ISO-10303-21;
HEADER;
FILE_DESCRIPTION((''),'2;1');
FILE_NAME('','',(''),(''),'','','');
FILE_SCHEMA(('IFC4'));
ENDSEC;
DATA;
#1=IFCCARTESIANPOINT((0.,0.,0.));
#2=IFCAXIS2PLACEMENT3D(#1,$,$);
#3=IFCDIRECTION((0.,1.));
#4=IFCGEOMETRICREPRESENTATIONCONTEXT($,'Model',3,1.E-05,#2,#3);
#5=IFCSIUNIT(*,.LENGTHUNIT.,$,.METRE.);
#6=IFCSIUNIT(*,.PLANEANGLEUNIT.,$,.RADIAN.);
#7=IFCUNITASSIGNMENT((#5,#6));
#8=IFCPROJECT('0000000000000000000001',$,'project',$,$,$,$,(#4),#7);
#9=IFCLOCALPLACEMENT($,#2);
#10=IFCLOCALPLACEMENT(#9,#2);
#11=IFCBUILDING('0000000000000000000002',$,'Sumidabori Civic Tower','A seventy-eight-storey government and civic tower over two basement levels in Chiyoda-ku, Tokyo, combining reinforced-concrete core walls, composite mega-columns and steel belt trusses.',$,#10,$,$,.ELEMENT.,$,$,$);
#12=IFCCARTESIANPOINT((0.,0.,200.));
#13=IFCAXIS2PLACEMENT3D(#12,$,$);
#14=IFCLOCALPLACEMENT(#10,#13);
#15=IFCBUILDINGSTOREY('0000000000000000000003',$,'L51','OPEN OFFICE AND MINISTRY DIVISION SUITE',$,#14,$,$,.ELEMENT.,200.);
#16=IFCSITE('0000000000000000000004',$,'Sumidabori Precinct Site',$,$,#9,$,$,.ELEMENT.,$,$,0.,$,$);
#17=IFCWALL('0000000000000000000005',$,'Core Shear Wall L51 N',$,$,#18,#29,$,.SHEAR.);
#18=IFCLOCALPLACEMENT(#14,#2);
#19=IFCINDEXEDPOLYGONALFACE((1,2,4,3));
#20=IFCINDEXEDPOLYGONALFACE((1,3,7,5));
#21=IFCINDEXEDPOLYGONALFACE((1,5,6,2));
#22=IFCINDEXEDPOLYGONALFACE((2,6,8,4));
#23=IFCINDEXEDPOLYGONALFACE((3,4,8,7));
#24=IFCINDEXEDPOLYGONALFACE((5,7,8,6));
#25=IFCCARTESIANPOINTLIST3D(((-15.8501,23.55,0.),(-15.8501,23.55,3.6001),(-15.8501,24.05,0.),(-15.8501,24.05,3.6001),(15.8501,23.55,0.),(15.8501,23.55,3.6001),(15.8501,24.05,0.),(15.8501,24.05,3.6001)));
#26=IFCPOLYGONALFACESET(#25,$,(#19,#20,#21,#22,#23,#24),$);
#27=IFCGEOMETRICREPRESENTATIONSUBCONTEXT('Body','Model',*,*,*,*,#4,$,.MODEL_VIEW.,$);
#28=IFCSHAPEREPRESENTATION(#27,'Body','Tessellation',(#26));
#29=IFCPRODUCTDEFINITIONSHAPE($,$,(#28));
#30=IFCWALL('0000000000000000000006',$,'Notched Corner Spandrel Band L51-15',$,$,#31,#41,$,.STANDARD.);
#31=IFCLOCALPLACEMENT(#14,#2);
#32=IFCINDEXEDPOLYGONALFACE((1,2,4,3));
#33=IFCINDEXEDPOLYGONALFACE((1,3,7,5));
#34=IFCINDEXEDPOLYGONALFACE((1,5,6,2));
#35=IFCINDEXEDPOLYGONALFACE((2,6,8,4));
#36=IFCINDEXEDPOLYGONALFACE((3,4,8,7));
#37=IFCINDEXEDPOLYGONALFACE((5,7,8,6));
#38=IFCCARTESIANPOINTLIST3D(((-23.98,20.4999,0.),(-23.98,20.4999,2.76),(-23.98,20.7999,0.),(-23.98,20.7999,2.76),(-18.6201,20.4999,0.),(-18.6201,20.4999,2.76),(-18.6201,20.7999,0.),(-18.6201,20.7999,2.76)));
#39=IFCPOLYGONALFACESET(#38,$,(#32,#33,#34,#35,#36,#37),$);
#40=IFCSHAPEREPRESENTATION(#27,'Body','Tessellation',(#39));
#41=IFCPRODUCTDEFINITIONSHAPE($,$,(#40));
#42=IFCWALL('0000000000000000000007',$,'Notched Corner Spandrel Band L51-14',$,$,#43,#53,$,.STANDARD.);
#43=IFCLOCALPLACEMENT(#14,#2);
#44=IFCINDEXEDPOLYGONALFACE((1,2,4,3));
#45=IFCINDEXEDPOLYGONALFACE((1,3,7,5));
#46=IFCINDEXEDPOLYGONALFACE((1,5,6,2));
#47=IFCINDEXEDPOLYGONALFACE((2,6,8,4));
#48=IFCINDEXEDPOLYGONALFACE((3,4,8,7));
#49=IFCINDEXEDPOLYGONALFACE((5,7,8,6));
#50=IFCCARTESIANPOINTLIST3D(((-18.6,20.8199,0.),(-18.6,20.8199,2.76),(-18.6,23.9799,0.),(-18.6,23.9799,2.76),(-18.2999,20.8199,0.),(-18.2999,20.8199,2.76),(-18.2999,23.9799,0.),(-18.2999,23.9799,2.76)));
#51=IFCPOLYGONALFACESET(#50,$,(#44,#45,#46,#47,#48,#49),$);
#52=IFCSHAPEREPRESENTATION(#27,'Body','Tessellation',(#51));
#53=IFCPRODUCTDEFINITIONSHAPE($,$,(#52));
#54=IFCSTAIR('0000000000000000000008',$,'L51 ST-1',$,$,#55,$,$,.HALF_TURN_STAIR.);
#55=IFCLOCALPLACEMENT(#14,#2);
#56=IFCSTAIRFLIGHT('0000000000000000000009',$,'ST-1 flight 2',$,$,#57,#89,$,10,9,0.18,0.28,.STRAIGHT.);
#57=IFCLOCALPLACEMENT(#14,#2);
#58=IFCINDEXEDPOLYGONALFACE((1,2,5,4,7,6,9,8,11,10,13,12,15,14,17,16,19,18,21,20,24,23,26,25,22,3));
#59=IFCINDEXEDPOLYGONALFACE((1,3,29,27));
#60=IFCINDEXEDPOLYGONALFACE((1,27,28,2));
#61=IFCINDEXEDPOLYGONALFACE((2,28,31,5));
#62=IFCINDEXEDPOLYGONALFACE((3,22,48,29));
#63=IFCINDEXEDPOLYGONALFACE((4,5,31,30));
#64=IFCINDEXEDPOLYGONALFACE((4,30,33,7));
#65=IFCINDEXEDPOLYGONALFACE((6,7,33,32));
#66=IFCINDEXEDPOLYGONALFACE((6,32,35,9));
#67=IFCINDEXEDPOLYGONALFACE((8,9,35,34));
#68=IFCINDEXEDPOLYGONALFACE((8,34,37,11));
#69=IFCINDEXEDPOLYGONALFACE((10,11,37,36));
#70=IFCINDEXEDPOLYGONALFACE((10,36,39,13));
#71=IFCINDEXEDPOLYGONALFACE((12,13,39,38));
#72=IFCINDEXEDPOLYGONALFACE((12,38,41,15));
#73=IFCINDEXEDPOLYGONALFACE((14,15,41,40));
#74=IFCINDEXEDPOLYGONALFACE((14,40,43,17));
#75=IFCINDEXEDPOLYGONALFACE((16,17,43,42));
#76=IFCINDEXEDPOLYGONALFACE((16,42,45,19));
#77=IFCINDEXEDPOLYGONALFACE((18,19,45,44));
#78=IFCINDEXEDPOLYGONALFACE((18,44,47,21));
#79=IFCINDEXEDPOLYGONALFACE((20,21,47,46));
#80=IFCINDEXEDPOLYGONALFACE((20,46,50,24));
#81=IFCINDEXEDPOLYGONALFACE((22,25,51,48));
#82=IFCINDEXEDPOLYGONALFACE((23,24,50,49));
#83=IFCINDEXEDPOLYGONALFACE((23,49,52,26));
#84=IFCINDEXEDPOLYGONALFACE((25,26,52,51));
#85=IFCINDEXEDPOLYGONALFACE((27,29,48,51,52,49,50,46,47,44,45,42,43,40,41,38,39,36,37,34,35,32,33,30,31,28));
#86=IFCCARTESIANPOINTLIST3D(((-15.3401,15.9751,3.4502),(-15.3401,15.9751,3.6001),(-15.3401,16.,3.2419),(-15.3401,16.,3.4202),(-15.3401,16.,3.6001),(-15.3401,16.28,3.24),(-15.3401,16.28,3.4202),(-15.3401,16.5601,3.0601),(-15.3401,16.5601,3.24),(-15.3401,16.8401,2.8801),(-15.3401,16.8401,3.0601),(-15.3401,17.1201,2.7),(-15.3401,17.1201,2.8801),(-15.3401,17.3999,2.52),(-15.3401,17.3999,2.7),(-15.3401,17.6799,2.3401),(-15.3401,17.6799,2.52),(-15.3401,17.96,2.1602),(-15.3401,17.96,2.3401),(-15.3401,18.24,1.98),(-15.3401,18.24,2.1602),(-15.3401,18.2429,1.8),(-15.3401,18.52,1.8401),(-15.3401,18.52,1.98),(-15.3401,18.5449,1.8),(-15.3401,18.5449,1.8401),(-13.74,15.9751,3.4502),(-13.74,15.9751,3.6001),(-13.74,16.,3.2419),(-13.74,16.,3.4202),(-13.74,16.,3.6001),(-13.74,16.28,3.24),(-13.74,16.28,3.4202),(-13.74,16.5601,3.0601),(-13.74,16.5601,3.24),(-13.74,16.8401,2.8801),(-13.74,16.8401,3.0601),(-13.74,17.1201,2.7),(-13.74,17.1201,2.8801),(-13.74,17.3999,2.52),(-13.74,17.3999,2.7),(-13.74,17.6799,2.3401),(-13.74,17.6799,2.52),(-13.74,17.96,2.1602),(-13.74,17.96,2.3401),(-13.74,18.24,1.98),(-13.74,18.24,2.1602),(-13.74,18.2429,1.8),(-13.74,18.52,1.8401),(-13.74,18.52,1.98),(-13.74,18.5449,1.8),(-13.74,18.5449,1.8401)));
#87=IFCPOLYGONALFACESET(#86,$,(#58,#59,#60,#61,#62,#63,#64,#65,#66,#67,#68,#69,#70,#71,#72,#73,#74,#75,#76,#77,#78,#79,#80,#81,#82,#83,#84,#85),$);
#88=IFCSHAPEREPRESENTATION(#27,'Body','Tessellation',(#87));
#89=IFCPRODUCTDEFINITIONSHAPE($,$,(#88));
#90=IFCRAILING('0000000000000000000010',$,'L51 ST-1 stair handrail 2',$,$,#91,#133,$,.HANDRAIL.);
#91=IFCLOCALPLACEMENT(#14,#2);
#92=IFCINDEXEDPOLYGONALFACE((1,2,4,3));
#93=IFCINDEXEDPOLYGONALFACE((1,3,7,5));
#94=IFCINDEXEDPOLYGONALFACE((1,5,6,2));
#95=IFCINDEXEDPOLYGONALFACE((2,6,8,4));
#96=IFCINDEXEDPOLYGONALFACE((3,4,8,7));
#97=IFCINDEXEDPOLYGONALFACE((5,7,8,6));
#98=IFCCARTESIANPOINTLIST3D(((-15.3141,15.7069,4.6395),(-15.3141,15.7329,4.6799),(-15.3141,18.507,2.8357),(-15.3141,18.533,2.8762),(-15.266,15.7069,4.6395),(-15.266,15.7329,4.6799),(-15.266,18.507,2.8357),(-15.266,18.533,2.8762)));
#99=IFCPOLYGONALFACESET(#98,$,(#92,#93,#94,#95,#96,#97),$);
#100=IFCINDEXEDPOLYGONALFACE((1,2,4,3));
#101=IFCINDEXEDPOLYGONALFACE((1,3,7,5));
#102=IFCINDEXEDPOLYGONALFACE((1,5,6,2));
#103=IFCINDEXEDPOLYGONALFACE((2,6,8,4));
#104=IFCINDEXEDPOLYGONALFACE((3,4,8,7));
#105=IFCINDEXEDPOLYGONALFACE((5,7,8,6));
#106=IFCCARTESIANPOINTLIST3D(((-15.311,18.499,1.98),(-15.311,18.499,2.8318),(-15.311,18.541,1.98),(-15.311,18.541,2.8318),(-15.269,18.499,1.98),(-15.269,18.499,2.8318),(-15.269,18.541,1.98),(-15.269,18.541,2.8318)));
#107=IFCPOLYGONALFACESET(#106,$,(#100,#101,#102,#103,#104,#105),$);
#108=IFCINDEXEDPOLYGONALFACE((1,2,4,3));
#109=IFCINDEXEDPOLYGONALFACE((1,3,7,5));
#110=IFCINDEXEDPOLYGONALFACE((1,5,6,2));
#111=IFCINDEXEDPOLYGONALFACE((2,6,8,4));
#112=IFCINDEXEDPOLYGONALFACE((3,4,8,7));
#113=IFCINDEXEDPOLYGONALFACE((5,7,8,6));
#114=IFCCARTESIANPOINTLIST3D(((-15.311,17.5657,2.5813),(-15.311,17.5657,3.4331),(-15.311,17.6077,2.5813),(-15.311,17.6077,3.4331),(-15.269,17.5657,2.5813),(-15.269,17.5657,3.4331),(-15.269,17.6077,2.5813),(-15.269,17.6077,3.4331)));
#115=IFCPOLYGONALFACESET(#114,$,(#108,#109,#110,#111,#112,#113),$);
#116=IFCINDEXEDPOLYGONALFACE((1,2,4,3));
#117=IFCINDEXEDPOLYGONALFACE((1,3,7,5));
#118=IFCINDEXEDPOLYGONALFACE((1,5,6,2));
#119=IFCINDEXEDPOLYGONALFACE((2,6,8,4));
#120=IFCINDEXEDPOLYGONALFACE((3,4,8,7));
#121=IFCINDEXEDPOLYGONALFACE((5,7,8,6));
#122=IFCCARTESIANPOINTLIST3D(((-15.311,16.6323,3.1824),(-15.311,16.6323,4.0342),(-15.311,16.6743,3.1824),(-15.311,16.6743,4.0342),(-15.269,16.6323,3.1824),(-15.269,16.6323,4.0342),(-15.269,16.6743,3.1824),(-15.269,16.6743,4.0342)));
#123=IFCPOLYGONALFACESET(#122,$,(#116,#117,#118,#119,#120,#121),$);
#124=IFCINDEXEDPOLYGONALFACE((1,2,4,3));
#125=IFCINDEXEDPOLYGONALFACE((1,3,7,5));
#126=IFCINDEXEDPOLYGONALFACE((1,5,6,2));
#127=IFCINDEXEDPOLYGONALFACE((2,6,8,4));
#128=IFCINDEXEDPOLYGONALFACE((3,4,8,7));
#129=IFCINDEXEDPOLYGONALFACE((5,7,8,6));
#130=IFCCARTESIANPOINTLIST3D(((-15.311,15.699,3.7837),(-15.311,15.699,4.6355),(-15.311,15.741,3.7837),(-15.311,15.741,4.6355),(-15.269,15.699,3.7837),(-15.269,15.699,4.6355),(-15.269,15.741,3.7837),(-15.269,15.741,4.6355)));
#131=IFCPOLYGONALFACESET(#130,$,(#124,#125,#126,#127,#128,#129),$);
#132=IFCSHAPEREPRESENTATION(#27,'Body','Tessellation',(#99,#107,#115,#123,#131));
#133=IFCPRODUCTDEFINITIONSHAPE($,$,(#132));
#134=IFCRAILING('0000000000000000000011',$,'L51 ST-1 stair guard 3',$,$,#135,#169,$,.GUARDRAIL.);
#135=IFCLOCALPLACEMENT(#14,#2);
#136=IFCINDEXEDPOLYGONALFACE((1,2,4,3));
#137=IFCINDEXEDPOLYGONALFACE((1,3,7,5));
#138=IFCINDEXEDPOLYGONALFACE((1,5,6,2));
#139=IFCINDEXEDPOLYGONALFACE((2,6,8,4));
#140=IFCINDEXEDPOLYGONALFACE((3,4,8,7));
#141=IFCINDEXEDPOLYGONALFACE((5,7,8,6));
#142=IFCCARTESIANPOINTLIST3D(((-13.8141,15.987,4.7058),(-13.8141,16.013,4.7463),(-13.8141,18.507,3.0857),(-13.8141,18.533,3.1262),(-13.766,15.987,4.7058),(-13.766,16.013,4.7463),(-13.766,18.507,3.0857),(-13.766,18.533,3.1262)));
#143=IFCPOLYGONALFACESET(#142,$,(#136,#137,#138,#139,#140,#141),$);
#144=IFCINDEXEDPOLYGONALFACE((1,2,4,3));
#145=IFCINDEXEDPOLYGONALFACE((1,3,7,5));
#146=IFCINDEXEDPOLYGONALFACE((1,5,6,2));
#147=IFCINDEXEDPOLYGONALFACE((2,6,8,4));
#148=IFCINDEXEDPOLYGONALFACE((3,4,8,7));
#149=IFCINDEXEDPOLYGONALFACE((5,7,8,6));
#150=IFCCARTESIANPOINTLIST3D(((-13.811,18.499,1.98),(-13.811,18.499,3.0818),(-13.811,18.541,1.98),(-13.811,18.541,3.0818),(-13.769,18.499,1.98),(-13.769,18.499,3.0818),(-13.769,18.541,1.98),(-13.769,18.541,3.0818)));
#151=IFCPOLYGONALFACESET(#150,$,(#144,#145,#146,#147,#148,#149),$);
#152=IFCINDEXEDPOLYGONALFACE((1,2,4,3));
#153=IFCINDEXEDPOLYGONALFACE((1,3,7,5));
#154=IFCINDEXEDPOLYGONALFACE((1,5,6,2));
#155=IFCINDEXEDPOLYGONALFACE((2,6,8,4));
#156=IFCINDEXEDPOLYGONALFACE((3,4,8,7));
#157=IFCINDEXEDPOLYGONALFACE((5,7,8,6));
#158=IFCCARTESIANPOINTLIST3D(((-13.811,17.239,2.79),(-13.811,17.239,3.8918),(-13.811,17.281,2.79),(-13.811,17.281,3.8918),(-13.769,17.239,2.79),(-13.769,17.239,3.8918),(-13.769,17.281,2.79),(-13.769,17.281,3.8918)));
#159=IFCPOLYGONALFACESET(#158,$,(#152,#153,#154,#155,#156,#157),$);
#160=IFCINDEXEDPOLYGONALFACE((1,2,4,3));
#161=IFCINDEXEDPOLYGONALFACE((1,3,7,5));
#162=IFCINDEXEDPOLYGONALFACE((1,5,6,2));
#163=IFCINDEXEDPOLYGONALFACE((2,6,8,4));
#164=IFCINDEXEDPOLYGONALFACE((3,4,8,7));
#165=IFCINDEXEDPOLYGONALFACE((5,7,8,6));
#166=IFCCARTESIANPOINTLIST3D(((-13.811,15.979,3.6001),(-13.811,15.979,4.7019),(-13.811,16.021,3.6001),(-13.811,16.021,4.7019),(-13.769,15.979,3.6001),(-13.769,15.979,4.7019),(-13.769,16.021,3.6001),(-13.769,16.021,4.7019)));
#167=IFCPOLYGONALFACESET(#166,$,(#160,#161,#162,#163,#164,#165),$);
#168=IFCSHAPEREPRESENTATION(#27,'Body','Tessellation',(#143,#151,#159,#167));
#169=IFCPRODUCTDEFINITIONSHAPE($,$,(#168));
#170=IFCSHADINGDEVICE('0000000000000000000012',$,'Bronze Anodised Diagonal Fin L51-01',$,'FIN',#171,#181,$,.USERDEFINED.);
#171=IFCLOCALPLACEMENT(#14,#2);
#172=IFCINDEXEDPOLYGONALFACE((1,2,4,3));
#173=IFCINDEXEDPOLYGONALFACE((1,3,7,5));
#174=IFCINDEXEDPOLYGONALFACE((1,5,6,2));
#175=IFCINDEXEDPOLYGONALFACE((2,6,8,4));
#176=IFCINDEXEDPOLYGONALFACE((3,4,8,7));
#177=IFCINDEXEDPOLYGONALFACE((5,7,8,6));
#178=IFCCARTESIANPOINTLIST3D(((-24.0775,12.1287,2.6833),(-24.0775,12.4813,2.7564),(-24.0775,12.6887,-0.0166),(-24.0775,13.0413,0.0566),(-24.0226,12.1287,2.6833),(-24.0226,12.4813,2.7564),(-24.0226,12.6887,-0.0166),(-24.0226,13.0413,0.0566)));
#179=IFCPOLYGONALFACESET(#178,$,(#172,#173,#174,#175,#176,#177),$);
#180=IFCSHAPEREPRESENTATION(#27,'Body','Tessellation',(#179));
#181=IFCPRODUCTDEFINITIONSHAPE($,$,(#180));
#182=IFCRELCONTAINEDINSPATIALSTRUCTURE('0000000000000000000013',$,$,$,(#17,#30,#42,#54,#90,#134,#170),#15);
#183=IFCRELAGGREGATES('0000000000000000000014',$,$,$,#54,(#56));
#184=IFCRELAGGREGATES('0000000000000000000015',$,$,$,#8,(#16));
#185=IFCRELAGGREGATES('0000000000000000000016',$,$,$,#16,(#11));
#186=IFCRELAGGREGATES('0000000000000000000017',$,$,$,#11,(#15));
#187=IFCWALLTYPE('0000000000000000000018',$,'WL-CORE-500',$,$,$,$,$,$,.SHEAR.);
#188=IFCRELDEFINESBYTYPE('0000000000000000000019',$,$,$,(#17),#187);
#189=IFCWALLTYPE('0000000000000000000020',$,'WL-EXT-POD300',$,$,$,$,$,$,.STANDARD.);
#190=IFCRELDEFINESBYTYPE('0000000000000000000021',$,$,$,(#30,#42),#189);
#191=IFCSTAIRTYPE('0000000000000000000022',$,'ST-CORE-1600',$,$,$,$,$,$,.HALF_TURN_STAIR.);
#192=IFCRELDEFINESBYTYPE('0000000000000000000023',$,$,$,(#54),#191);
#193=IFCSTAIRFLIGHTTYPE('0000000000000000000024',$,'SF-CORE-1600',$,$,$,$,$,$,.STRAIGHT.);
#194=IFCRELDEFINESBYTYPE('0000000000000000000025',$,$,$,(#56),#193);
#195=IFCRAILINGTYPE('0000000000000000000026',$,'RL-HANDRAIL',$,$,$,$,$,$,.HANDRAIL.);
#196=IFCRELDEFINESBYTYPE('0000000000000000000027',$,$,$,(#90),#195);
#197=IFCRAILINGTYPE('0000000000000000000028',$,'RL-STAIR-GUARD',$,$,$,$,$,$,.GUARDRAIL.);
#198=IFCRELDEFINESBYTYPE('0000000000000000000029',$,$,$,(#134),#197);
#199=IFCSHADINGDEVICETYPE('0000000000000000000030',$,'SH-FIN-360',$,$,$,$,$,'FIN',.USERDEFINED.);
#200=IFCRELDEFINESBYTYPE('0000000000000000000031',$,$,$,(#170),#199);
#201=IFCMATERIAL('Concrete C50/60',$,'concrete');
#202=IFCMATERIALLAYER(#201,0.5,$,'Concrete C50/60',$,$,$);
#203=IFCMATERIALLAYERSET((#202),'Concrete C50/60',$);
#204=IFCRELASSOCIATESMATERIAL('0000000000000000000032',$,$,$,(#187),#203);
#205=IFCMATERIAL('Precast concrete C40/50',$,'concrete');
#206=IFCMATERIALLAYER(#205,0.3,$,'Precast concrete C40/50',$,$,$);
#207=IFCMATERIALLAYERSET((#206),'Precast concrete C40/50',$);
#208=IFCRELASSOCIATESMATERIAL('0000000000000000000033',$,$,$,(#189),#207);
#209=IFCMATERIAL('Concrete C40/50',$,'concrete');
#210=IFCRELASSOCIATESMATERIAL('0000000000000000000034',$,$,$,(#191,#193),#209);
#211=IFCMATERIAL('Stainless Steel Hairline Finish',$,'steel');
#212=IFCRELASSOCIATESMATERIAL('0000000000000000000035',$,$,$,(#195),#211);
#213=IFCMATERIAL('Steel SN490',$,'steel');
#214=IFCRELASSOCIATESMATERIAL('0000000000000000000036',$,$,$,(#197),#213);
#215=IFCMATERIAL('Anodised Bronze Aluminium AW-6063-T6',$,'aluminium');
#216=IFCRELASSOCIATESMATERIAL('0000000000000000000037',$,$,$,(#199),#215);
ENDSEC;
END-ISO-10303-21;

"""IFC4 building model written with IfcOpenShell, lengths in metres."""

from ifc_helpers import new_model, si_unit, direction, frame, frame_2d, origin, origin_2d, place, context, subcontext, project, spatial, polyline, rectangle, outline, extrude, source, transform, mapped, material, layer, layer_set, material_profile, profile_set, type_object, element, aggregate, save


model = new_model("IFC4")

# Units and contexts
model_context = context("Model", 3, precision=1e-05, world=origin(), true_north=direction((0.0, 1.0)))
body_context = subcontext(model_context, "Body", "Model", "MODEL_VIEW")
ifc_project = project(units=[si_unit("LENGTHUNIT", "METRE"), si_unit("PLANEANGLEUNIT", "RADIAN")], contexts=[model_context])

# Site, building, storey
site_placement = place(None, origin())
site = spatial("IfcSite", under=ifc_project, at=site_placement, Name="Sumidabori Precinct Site", CompositionType="ELEMENT", RefElevation=0.0)
building_placement = place(site_placement, origin())
building = spatial("IfcBuilding", under=site, at=building_placement, Name="Sumidabori Civic Tower", Description="A seventy-eight-storey government and civic tower over two basement levels in Chiyoda-ku, Tokyo, combining reinforced-concrete core walls, composite mega-columns and steel belt trusses.", CompositionType="ELEMENT")
storey_placement = place(building_placement, frame((0.0, 0.0, 200.0)))
storey = spatial("IfcBuildingStorey", under=building, at=storey_placement, Name="L51", Description="OPEN OFFICE AND MINISTRY DIVISION SUITE", CompositionType="ELEMENT", Elevation=200.0)

# Shared definitions
ifc_material_1 = material(Name="Steel SN490", Category="steel")

# Shared definitions
ifc_material_2 = material(Name="Anodised Bronze Aluminium AW-6063-T6", Category="aluminium")

# Wall
ifc_material_3 = material(Name="Concrete C50/60", Category="concrete")
ifc_layer_1 = layer(ifc_material_3, 0.5, Name="Concrete C50/60")
ifc_layer_set_1 = layer_set([ifc_layer_1], Name="Concrete C50/60")
wall_type_1 = type_object("IfcWallType", Name="WL-CORE-500", PredefinedType="SHEAR", material=ifc_layer_set_1)
shared_shape_1 = source(origin(), body_context, "Body", "SweptSolid", [
    extrude(rectangle(XDim=31.7002, YDim=0.5, at=frame_2d((15.8501, 0.0))), origin(), (0.0, 0.0, 1.0), 3.6001),
])
wall_1_placement = place(storey_placement, frame((-15.8501, 23.8, 0.0), z_axis=(0.0, 0.0, 1.0), x_axis=(1.0, 0.0, 0.0)))
element("IfcWall", 1, at=wall_1_placement, inside=storey, type_object=wall_type_1, Name="Core Shear Wall L51 N", PredefinedType="SHEAR", context=body_context, shape_type="MappedRepresentation", body=[
    mapped(shared_shape_1, transform((0.0, 0.0, 0.0), x_axis=(1.0, 0.0, 0.0), y_axis=(0.0, 1.0, 0.0), z_axis=(0.0, 0.0, 1.0), scale=1.0)),
])

# Walls
ifc_material_4 = material(Name="Precast concrete C40/50", Category="concrete")
ifc_layer_2 = layer(ifc_material_4, 0.3, Name="Precast concrete C40/50")
ifc_layer_set_2 = layer_set([ifc_layer_2], Name="Precast concrete C40/50")
wall_type_2 = type_object("IfcWallType", Name="WL-EXT-POD300", PredefinedType="STANDARD", material=ifc_layer_set_2)
shared_shape_2 = source(origin(), body_context, "Body", "SweptSolid", [
    extrude(rectangle(XDim=5.3599, YDim=0.3, at=frame_2d((2.6799, 0.0))), origin(), (0.0, 0.0, 1.0), 2.76),
])
wall_2_placement = place(storey_placement, frame((-18.6201, 20.6499, 0.0), z_axis=(0.0, 0.0, 1.0), x_axis=(-1.0, 0.0, 0.0)))
element("IfcWall", 2, at=wall_2_placement, inside=storey, type_object=wall_type_2, Name="Notched Corner Spandrel Band L51-15", PredefinedType="STANDARD", context=body_context, shape_type="MappedRepresentation", body=[
    mapped(shared_shape_2, transform((0.0, 0.0, 0.0), x_axis=(1.0, 0.0, 0.0), y_axis=(0.0, 1.0, 0.0), z_axis=(0.0, 0.0, 1.0), scale=1.0)),
])
shared_shape_3 = source(origin(), body_context, "Body", "SweptSolid", [
    extrude(rectangle(XDim=3.1599, YDim=0.3, at=frame_2d((1.5801, 0.0))), origin(), (0.0, 0.0, 1.0), 2.76),
])
wall_3_placement = place(storey_placement, frame((-18.45, 23.98, 0.0), z_axis=(0.0, 0.0, 1.0), x_axis=(0.0, -1.0, 0.0)))
element("IfcWall", 3, at=wall_3_placement, inside=storey, type_object=wall_type_2, Name="Notched Corner Spandrel Band L51-14", PredefinedType="STANDARD", context=body_context, shape_type="MappedRepresentation", body=[
    mapped(shared_shape_3, transform((0.0, 0.0, 0.0), x_axis=(1.0, 0.0, 0.0), y_axis=(0.0, 1.0, 0.0), z_axis=(0.0, 0.0, 1.0), scale=1.0)),
])

# Stair, stair flight
ifc_material_5 = material(Name="Concrete C40/50", Category="concrete")
stair_type = type_object("IfcStairType", Name="ST-CORE-1600", PredefinedType="HALF_TURN_STAIR", material=ifc_material_5)
stair_placement = place(storey_placement, origin())
stair = element("IfcStair", 4, at=stair_placement, inside=storey, type_object=stair_type, Name="L51 ST-1", PredefinedType="HALF_TURN_STAIR")
stair_flight_type = type_object("IfcStairFlightType", Name="SF-CORE-1600", PredefinedType="STRAIGHT", material=ifc_material_5)
shared_shape_4 = source(origin(), body_context, "Body", "SweptSolid", [
    extrude(outline(polyline([(-0.0249, 0.0), (-0.0249, 0.04), (0.0, 0.04), (0.0, 0.1799), (0.28, 0.1799), (0.28, 0.3601), (0.5601, 0.3601), (0.5601, 0.54), (0.8401, 0.54), (0.8401, 0.72), (1.1201, 0.72), (1.1201, 0.8999), (1.3999, 0.8999), (1.3999, 1.0801), (1.6799, 1.0801), (1.6799, 1.26), (1.96, 1.26), (1.96, 1.4399), (2.24, 1.4399), (2.24, 1.6201), (2.52, 1.6201), (2.52, 1.8), (2.5449, 1.8), (2.5449, 1.6501), (2.52, 1.4419), (0.2771, 0.0), (-0.0249, 0.0)])), frame((0.0, 0.8, 0.0), z_axis=(0.0, -1.0, 0.0), x_axis=(1.0, 0.0, 0.0)), (0.0, 0.0, 1.0), 1.6001),
])
stair_flight_placement = place(storey_placement, frame((-14.54, 18.52, 1.8), z_axis=(0.0, 0.0, 1.0), x_axis=(0.0, -1.0, 0.0)))
stair_flight = element("IfcStairFlight", 5, at=stair_flight_placement, type_object=stair_flight_type, Name="ST-1 flight 2", NumberOfRisers=10, NumberOfTreads=9, PredefinedType="STRAIGHT", RiserHeight=0.18, TreadLength=0.28, context=body_context, shape_type="MappedRepresentation", body=[
    mapped(shared_shape_4, transform((0.0, 0.0, 0.0), x_axis=(1.0, 0.0, 0.0), y_axis=(0.0, 1.0, 0.0), z_axis=(0.0, 0.0, 1.0), scale=1.0)),
])
aggregate(stair, [stair_flight])

# Railings
ifc_material_6 = material(Name="Stainless Steel Hairline Finish", Category="steel")
railing_type_1 = type_object("IfcRailingType", Name="RL-HANDRAIL", PredefinedType="HANDRAIL", material=ifc_material_6)
railing_1_placement = place(storey_placement, frame((-15.29, 18.52, 1.98)))
element("IfcRailing", 6, at=railing_1_placement, inside=storey, type_object=railing_type_1, Name="L51 ST-1 stair handrail 2", PredefinedType="HANDRAIL", context=body_context, shape_type="SweptSolid", body=[
    extrude(rectangle(XDim=0.0481, YDim=0.0481, at=origin_2d()), frame((0.0, 0.0, 0.876), z_axis=(0.0, -0.840676, 0.541539), x_axis=(1.0, 0.0, 0.0)), (0.0, 0.0, 1.0), 3.3308),
    extrude(rectangle(XDim=0.042, YDim=0.042, at=origin_2d()), origin(), (0.0, 0.0, 1.0), 0.8518),
    extrude(rectangle(XDim=0.042, YDim=0.042, at=origin_2d()), frame((0.0, -0.9333, 0.6013)), (0.0, 0.0, 1.0), 0.8518),
    extrude(rectangle(XDim=0.042, YDim=0.042, at=origin_2d()), frame((0.0, -1.8667, 1.2024)), (0.0, 0.0, 1.0), 0.8518),
    extrude(rectangle(XDim=0.042, YDim=0.042, at=origin_2d()), frame((0.0, -2.8, 1.8037)), (0.0, 0.0, 1.0), 0.8518),
])
railing_type_2 = type_object("IfcRailingType", Name="RL-STAIR-GUARD", PredefinedType="GUARDRAIL", material=ifc_material_1)
railing_2_placement = place(storey_placement, frame((-13.79, 18.52, 1.98)))
element("IfcRailing", 7, at=railing_2_placement, inside=storey, type_object=railing_type_2, Name="L51 ST-1 stair guard 3", PredefinedType="GUARDRAIL", context=body_context, shape_type="SweptSolid", body=[
    extrude(rectangle(XDim=0.0481, YDim=0.0481, at=origin_2d()), frame((0.0, 0.0, 1.126), z_axis=(0.0, -0.841163, 0.540782), x_axis=(1.0, 0.0, 0.0)), (0.0, 0.0, 1.0), 2.9958),
    extrude(rectangle(XDim=0.042, YDim=0.042, at=origin_2d()), origin(), (0.0, 0.0, 1.0), 1.1018),
    extrude(rectangle(XDim=0.042, YDim=0.042, at=origin_2d()), frame((0.0, -1.26, 0.8101)), (0.0, 0.0, 1.0), 1.1018),
    extrude(rectangle(XDim=0.042, YDim=0.042, at=origin_2d()), frame((0.0, -2.52, 1.6201)), (0.0, 0.0, 1.0), 1.1018),
])

# Shading device
ifc_material_profile_1 = material_profile(ifc_material_2, rectangle(XDim=0.0549, YDim=0.3601, at=origin_2d()), Name="BRONZE FIN 360x55")
ifc_profile_set_1 = profile_set([ifc_material_profile_1], Name="Anodised Bronze Aluminium AW-6063-T6")
shading_device_type = type_object("IfcShadingDeviceType", Name="SH-FIN-360", ElementType="FIN", PredefinedType="USERDEFINED", material=ifc_profile_set_1)
shared_shape_5 = source(origin(), body_context, "Body", "SweptSolid", [
    extrude(rectangle(XDim=0.0549, YDim=0.3601, at=origin_2d()), origin(), (0.0, 0.0, 1.0), 2.7573),
])
shading_device_placement = place(storey_placement, frame((-24.05, 12.865, 0.02), z_axis=(0.0, -0.203109, 0.979156), x_axis=(-1.0, 0.0, 0.0)))
element("IfcShadingDevice", 8, at=shading_device_placement, inside=storey, type_object=shading_device_type, Name="Bronze Anodised Diagonal Fin L51-01", ObjectType="FIN", PredefinedType="USERDEFINED", context=body_context, shape_type="MappedRepresentation", body=[
    mapped(shared_shape_5, transform((0.0, 0.0, 0.0), x_axis=(1.0, 0.0, 0.0), y_axis=(0.0, 1.0, 0.0), z_axis=(0.0, 0.0, 1.0), scale=1.0)),
])

save(model, "model.ifc")
